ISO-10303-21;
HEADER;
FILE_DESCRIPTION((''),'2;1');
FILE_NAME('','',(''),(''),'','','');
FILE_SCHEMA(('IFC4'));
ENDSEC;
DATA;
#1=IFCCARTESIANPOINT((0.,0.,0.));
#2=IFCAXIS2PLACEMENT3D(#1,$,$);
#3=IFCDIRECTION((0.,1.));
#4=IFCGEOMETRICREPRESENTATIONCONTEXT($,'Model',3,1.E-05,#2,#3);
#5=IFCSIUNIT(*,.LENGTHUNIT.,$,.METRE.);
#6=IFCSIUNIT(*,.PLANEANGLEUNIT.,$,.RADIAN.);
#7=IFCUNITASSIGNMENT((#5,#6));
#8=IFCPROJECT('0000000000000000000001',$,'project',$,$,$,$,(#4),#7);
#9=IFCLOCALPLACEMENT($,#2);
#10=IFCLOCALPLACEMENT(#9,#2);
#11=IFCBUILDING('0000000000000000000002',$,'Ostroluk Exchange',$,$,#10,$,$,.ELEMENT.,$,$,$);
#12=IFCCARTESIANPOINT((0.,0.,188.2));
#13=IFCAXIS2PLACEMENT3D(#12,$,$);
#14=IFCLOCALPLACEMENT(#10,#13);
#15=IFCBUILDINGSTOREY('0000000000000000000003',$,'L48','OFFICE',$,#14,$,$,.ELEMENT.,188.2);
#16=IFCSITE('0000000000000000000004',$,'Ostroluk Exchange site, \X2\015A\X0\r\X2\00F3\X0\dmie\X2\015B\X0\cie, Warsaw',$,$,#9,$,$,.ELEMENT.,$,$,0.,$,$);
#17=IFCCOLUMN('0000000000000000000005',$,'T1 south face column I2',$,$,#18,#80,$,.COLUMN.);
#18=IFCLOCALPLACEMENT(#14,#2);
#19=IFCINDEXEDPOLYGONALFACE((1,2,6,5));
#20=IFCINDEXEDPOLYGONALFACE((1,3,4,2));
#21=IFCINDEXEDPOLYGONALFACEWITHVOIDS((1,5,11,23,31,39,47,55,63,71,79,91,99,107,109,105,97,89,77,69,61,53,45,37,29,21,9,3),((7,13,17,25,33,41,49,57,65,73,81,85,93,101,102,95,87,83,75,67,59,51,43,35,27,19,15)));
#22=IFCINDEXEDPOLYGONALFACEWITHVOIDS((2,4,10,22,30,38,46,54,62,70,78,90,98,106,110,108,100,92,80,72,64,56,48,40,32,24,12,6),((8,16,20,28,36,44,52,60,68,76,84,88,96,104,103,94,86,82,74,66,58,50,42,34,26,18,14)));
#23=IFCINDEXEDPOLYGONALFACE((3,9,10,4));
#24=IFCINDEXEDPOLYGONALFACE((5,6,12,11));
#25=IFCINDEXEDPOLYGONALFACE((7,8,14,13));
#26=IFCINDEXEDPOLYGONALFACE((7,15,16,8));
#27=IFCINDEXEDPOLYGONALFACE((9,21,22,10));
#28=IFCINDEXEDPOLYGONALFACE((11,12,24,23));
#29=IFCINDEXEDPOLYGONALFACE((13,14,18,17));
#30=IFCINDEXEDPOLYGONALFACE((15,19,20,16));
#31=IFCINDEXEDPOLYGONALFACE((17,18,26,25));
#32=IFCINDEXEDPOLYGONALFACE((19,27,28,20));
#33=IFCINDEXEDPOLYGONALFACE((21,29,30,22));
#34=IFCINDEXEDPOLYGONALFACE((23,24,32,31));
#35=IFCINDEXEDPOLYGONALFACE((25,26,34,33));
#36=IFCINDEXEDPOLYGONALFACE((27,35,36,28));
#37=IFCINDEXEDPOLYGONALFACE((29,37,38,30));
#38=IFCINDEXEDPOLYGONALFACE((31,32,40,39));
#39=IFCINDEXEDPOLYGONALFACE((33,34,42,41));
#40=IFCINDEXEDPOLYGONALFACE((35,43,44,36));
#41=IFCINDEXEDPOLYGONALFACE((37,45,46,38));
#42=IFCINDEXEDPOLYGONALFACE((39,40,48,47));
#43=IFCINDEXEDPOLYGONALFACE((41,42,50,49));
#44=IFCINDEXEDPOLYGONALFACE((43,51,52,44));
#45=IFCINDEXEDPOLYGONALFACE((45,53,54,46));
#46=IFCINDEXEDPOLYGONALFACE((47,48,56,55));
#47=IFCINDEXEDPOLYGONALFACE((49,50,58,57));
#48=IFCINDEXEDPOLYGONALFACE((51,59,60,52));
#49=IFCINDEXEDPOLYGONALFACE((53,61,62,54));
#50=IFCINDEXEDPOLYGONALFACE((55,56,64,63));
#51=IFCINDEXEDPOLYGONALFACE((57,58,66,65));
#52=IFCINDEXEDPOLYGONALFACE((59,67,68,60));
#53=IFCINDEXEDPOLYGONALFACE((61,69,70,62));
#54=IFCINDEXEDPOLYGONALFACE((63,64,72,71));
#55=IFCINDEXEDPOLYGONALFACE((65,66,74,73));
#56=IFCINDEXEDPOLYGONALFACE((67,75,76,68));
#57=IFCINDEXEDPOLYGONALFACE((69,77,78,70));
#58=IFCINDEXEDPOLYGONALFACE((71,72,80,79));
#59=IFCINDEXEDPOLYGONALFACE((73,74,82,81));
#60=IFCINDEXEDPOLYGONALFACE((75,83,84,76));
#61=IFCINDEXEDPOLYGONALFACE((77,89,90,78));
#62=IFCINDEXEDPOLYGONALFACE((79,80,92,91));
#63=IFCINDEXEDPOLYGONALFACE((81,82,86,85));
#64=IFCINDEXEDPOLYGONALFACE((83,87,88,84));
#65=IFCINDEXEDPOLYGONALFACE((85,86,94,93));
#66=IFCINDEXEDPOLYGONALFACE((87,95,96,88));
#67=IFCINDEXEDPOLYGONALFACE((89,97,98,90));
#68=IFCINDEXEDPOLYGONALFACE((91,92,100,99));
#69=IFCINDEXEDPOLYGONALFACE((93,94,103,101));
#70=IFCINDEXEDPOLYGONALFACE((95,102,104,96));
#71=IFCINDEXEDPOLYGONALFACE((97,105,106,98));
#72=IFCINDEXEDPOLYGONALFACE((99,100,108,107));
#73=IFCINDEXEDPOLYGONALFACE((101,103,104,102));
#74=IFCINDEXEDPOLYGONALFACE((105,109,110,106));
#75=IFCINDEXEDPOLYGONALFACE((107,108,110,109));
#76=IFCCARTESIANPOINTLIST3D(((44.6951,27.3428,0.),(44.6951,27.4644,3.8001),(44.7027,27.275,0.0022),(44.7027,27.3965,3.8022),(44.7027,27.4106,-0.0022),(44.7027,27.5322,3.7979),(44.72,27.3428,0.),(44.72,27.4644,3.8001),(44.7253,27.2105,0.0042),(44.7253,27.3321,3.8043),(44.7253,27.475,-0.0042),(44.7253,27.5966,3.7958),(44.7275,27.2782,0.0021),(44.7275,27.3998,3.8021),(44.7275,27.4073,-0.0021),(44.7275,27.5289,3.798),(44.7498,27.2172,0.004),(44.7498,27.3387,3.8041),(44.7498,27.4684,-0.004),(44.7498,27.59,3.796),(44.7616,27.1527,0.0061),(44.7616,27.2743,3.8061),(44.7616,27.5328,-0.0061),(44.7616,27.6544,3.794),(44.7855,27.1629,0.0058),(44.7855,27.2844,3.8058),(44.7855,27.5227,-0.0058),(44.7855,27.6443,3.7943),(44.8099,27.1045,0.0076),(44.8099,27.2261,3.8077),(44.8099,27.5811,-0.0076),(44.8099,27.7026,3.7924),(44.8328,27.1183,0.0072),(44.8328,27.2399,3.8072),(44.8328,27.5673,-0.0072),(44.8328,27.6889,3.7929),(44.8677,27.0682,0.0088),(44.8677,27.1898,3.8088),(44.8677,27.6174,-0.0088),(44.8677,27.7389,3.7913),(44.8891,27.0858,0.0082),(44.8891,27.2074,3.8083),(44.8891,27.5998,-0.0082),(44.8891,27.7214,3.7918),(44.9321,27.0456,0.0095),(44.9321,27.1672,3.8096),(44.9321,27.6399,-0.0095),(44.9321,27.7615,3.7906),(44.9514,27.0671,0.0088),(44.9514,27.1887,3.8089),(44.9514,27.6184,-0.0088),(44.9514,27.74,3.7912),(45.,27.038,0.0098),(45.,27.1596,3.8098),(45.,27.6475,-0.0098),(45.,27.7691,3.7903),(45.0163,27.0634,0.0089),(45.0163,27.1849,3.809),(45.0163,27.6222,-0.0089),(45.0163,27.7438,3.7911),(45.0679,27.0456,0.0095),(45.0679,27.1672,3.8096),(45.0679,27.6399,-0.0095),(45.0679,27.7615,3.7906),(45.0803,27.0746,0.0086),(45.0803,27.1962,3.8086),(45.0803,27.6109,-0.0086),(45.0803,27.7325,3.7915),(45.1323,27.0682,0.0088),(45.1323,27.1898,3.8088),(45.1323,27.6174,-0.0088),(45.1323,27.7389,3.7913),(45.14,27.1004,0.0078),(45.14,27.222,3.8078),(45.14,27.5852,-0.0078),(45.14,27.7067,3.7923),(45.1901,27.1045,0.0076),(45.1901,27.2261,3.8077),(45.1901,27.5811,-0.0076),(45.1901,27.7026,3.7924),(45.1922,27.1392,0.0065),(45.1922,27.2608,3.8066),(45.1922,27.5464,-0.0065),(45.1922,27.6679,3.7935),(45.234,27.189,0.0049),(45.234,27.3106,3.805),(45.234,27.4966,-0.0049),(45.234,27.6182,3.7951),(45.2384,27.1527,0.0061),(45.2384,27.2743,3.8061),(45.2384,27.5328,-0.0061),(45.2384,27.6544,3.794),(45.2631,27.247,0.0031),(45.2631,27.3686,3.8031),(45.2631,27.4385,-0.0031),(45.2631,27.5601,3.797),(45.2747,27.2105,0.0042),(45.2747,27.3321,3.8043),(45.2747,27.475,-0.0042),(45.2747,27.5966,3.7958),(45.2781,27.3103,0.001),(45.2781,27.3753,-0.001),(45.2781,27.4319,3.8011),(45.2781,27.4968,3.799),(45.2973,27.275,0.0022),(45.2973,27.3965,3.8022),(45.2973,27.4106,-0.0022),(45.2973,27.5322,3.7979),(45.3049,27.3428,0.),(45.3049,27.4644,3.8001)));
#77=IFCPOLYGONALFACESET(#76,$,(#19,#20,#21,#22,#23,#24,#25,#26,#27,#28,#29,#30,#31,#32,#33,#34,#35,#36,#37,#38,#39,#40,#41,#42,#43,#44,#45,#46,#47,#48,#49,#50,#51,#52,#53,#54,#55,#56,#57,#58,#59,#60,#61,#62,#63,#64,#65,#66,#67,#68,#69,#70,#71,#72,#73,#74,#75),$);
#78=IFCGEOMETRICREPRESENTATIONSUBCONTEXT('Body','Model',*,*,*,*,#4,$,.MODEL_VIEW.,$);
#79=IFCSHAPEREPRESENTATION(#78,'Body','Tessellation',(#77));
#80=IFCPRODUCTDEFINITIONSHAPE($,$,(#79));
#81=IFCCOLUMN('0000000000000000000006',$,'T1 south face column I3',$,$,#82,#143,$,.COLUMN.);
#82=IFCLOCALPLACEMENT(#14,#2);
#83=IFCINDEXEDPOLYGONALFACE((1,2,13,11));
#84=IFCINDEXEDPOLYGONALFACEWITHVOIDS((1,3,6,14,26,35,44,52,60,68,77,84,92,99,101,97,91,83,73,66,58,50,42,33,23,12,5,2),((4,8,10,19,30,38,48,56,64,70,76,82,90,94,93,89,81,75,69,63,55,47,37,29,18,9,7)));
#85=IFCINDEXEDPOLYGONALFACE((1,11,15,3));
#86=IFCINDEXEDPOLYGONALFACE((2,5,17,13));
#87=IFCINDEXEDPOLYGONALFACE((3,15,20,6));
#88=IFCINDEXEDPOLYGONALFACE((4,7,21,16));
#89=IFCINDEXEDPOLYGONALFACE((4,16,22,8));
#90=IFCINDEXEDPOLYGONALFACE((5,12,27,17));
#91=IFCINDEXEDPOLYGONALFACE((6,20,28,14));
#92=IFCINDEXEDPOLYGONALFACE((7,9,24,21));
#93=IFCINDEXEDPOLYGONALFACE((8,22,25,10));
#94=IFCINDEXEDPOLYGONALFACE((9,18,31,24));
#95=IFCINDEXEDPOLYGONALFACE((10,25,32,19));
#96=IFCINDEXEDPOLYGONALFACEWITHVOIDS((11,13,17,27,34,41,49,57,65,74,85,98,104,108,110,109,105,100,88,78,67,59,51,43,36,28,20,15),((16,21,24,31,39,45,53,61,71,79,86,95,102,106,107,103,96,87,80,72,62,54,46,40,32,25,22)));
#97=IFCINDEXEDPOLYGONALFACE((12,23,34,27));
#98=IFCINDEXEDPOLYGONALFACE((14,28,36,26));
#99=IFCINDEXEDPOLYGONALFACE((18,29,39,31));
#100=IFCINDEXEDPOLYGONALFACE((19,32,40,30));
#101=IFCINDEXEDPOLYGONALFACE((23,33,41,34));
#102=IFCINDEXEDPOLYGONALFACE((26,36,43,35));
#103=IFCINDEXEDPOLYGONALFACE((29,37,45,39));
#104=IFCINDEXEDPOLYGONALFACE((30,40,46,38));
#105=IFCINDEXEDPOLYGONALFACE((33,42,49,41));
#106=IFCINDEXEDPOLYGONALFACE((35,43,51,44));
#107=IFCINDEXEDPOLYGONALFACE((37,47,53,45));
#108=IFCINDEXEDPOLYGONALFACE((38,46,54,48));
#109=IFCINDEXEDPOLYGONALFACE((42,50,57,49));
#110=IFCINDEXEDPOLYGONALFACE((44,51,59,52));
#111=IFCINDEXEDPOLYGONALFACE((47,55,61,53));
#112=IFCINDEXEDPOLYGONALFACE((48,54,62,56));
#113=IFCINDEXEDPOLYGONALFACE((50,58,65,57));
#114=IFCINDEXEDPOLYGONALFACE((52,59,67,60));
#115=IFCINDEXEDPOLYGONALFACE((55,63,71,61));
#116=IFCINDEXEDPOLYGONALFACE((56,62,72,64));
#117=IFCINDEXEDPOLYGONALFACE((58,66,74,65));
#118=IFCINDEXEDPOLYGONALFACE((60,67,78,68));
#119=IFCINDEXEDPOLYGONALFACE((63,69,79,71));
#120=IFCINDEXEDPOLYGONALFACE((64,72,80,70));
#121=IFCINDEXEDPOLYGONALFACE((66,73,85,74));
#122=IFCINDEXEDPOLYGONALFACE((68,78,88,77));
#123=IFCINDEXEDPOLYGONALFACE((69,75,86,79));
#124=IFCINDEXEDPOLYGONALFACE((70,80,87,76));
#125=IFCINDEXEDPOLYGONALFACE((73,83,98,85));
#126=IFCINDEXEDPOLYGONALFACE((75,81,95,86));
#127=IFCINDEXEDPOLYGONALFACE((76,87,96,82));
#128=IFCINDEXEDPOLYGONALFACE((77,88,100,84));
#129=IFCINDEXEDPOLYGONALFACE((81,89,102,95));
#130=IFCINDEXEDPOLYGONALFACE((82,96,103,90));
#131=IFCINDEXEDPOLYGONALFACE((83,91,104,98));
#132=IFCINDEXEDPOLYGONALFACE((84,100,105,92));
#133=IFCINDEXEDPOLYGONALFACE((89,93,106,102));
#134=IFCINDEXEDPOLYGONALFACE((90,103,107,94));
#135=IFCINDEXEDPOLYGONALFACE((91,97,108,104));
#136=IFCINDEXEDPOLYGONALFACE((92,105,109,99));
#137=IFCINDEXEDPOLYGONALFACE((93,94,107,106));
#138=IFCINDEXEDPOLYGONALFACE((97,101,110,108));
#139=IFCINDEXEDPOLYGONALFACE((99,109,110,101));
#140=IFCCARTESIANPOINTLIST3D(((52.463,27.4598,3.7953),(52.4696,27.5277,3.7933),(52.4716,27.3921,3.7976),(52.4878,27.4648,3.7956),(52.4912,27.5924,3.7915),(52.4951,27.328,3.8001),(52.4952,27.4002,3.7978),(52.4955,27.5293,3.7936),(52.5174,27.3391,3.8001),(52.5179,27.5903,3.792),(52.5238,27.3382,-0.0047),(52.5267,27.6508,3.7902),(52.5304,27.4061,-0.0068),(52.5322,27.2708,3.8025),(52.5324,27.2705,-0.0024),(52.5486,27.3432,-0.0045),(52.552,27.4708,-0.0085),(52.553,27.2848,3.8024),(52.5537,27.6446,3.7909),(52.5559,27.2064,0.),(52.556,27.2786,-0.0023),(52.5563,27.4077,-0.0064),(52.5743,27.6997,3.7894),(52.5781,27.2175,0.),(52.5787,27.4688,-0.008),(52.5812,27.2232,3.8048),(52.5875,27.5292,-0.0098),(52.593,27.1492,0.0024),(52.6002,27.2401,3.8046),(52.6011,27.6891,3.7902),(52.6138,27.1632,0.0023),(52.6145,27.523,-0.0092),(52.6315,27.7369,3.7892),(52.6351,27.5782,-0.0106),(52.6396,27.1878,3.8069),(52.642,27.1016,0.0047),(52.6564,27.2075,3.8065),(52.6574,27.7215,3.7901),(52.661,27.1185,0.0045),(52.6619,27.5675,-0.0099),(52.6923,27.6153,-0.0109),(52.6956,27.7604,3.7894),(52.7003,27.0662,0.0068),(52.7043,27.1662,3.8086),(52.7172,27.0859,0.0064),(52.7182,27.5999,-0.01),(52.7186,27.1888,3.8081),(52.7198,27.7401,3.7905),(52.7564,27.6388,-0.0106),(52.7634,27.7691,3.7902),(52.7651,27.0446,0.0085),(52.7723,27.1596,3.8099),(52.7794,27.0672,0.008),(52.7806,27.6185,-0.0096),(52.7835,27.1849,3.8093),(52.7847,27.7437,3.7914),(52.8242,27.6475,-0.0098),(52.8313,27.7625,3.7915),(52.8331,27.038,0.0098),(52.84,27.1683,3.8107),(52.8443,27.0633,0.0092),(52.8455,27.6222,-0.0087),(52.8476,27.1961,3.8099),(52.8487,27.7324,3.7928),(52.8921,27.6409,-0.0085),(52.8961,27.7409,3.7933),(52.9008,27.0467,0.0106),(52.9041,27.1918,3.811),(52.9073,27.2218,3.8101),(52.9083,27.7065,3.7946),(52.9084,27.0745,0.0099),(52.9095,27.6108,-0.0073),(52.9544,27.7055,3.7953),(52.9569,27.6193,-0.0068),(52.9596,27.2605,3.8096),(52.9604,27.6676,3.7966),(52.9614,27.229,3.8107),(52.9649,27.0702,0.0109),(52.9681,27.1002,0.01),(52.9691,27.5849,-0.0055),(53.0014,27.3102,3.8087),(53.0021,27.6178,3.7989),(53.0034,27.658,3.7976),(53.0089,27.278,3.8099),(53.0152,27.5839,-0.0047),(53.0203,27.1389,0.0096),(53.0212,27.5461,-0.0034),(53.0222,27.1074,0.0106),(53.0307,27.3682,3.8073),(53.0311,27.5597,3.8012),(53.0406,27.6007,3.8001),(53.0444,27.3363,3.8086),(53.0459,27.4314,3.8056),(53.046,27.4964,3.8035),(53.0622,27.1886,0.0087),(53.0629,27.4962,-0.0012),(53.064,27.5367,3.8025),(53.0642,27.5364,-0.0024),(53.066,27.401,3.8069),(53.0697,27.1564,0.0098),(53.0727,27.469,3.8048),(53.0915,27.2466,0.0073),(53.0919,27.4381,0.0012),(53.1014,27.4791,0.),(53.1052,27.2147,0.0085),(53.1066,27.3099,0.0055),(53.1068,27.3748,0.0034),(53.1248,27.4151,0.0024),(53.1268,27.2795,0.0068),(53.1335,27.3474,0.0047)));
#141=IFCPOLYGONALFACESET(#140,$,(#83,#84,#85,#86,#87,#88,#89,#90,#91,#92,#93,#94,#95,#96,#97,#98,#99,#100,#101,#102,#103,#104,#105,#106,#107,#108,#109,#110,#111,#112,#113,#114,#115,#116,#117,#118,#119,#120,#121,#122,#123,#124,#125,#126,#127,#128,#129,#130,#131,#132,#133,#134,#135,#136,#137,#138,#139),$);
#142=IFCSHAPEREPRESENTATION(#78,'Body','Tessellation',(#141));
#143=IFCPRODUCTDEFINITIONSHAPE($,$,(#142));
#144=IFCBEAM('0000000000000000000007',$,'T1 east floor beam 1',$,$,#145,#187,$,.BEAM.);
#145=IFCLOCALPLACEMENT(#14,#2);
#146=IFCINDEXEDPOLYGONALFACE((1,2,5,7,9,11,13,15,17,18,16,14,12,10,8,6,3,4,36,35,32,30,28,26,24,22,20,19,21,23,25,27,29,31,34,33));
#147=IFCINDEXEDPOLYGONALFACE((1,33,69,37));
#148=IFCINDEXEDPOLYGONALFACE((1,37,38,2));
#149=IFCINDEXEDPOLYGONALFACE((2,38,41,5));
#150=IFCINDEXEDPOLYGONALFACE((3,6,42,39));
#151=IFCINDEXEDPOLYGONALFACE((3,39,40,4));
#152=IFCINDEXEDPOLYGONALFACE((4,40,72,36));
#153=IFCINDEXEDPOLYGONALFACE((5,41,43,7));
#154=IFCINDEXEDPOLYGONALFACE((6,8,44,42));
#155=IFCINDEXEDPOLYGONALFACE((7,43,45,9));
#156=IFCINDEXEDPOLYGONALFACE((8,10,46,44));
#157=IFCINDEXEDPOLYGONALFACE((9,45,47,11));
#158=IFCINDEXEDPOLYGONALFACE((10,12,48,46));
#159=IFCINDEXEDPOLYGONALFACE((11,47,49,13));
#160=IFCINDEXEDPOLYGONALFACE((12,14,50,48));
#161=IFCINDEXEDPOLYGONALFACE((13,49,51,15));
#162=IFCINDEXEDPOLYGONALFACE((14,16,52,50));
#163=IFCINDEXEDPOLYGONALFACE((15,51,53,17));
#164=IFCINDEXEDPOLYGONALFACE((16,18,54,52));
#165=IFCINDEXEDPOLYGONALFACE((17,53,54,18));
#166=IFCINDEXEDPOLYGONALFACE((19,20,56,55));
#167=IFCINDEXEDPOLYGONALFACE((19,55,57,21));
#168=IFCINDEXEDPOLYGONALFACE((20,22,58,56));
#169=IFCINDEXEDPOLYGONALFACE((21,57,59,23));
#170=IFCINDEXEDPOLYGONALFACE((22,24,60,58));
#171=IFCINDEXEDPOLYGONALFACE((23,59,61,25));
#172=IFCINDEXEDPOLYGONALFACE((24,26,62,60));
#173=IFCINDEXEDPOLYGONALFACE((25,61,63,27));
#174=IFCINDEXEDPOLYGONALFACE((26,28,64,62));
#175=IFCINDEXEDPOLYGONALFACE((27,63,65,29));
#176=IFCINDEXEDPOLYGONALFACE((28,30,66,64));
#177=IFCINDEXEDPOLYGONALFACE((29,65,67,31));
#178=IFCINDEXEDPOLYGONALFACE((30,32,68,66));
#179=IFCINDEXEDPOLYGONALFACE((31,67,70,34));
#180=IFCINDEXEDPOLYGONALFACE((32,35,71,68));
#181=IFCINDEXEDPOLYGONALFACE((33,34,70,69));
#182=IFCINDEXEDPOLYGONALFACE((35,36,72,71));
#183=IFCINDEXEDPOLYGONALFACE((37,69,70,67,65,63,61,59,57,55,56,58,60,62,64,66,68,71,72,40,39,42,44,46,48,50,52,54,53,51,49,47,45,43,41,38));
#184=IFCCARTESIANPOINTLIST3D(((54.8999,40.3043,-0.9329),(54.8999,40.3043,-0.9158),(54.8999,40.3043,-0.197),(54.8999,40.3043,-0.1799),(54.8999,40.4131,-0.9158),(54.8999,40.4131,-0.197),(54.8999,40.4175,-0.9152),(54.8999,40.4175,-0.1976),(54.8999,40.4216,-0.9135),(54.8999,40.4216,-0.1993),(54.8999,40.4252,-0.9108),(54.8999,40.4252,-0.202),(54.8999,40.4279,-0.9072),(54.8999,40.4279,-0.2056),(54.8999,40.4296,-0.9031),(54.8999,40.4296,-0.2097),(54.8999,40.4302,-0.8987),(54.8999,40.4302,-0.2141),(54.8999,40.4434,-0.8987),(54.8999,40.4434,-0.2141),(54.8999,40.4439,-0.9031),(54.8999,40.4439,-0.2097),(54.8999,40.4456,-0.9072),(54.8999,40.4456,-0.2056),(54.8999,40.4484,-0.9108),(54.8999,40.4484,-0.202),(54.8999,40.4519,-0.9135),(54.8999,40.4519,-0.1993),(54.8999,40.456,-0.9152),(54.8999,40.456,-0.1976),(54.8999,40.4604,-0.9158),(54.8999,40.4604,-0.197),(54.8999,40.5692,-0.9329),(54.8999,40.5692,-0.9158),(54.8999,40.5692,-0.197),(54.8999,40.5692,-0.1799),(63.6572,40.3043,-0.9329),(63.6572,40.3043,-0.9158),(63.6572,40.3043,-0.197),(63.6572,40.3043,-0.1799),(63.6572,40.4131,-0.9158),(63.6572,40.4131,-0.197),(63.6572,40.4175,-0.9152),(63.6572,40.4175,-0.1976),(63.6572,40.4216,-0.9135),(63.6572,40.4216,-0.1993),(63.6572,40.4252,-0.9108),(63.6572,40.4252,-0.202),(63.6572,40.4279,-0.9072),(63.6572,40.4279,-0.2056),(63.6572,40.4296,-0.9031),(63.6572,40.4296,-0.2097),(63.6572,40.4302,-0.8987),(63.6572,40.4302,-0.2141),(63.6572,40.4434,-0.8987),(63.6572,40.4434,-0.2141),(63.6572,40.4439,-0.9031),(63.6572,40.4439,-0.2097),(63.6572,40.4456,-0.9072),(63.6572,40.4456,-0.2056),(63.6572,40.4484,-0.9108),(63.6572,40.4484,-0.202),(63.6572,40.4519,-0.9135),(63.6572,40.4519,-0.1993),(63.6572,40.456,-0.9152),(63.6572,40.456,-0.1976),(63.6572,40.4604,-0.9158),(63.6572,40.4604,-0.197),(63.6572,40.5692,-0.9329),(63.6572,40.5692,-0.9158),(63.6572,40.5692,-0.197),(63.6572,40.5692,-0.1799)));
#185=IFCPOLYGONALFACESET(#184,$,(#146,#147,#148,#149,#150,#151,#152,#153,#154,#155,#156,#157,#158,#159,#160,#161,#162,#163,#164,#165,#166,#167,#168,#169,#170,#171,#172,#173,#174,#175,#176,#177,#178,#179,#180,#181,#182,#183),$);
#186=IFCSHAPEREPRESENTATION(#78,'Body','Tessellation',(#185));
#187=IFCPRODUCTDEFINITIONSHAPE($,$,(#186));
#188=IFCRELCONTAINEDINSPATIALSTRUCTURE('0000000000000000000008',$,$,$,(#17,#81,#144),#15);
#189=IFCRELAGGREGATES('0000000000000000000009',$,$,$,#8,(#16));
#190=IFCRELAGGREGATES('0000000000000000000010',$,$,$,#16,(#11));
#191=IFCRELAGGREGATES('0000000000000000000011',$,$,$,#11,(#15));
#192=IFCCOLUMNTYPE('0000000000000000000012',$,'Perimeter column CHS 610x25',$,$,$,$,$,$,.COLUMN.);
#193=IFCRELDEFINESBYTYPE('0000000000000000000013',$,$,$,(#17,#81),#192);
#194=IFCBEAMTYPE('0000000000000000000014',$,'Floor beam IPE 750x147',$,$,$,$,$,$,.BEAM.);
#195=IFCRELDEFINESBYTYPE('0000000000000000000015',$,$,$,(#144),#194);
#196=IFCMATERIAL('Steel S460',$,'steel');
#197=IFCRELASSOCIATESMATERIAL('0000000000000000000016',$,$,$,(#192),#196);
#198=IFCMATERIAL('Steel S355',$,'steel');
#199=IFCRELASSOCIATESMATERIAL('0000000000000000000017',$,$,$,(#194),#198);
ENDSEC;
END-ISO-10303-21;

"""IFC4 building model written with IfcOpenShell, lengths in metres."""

from ifc_helpers import new_model, si_unit, direction, frame, origin, origin_2d, place, context, subcontext, project, spatial, hollow_circle, i_section, extrude, material, material_profile, profile_set, type_object, element, save


model = new_model("IFC4")

# Units and contexts
model_context = context("Model", 3, precision=1e-05, world=origin(), true_north=direction((0.0, 1.0)))
body_context = subcontext(model_context, "Body", "Model", "MODEL_VIEW")
ifc_project = project(units=[si_unit("LENGTHUNIT", "METRE"), si_unit("PLANEANGLEUNIT", "RADIAN")], contexts=[model_context])

# Site, building, storey
site_placement = place(None, origin())
site = spatial("IfcSite", under=ifc_project, at=site_placement, Name="Ostroluk Exchange site, Śródmieście, Warsaw", CompositionType="ELEMENT", RefElevation=0.0)
building_placement = place(site_placement, origin())
building = spatial("IfcBuilding", under=site, at=building_placement, Name="Ostroluk Exchange", CompositionType="ELEMENT")
storey_placement = place(building_placement, frame((0.0, 0.0, 188.2)))
storey = spatial("IfcBuildingStorey", under=building, at=storey_placement, Name="L48", Description="OFFICE", CompositionType="ELEMENT", Elevation=188.2)

# Columns
ifc_material_1 = material(Name="Steel S460", Category="steel")
ifc_material_profile_1 = material_profile(ifc_material_1, hollow_circle(Radius=0.3049, WallThickness=0.0249, at=origin_2d()), Name="CHS 610x25")
ifc_profile_set_1 = profile_set([ifc_material_profile_1], Name="Steel S460")
column_type = type_object("IfcColumnType", Name="Perimeter column CHS 610x25", PredefinedType="COLUMN", material=ifc_profile_set_1)
column_1_placement = place(storey_placement, frame((45.0, 27.3428, 0.0), z_axis=(0.0, 0.031978, 0.999489), x_axis=(-1.0, 0.0, 0.0)))
element("IfcColumn", 1, at=column_1_placement, inside=storey, type_object=column_type, Name="T1 south face column I2", PredefinedType="COLUMN", context=body_context, shape_type="SweptSolid", body=[
    extrude(hollow_circle(Radius=0.3049, WallThickness=0.0249, at=origin_2d()), origin(), (0.0, 0.0, 1.0), 3.802),
])
column_2_placement = place(storey_placement, frame((52.8286, 27.3428, 0.0), z_axis=(-0.015987, 0.031974, 0.999361), x_axis=(-0.894427, -0.447214, 0.0)))
element("IfcColumn", 2, at=column_2_placement, inside=storey, type_object=column_type, Name="T1 south face column I3", PredefinedType="COLUMN", context=body_context, shape_type="SweptSolid", body=[
    extrude(hollow_circle(Radius=0.3049, WallThickness=0.0249, at=origin_2d()), origin(), (0.0, 0.0, 1.0), 3.8025),
])

# Beam
ifc_material_2 = material(Name="Steel S355", Category="steel")
ifc_material_profile_2 = material_profile(ifc_material_2, i_section(OverallWidth=0.2649, OverallDepth=0.7529, WebThickness=0.0132, FlangeThickness=0.0171, FilletRadius=0.0171, at=origin_2d()), Name="IPE 750x147")
ifc_profile_set_2 = profile_set([ifc_material_profile_2], Name="Steel S355")
beam_type_1 = type_object("IfcBeamType", Name="Floor beam IPE 750x147", PredefinedType="BEAM", material=ifc_profile_set_2)
for number, where, z_axis, x_axis, name in (
    (3, (54.8999, 40.4368, -0.5564), (1.0, 0.0, 0.0), (0.0, 1.0, 0.0), "T1 east floor beam 1"),
):
    element("IfcBeam", number, at=place(storey_placement, frame(where, z_axis=z_axis, x_axis=x_axis)), inside=storey, type_object=beam_type_1, Name=name, PredefinedType="BEAM", context=body_context, shape_type="SweptSolid", body=[
        extrude(i_section(OverallWidth=0.2649, OverallDepth=0.7529, WebThickness=0.0132, FlangeThickness=0.0171, FilletRadius=0.0171, at=origin_2d()), origin(), (0.0, 0.0, 1.0), 8.7573),
    ])

save(model, "model.ifc")
